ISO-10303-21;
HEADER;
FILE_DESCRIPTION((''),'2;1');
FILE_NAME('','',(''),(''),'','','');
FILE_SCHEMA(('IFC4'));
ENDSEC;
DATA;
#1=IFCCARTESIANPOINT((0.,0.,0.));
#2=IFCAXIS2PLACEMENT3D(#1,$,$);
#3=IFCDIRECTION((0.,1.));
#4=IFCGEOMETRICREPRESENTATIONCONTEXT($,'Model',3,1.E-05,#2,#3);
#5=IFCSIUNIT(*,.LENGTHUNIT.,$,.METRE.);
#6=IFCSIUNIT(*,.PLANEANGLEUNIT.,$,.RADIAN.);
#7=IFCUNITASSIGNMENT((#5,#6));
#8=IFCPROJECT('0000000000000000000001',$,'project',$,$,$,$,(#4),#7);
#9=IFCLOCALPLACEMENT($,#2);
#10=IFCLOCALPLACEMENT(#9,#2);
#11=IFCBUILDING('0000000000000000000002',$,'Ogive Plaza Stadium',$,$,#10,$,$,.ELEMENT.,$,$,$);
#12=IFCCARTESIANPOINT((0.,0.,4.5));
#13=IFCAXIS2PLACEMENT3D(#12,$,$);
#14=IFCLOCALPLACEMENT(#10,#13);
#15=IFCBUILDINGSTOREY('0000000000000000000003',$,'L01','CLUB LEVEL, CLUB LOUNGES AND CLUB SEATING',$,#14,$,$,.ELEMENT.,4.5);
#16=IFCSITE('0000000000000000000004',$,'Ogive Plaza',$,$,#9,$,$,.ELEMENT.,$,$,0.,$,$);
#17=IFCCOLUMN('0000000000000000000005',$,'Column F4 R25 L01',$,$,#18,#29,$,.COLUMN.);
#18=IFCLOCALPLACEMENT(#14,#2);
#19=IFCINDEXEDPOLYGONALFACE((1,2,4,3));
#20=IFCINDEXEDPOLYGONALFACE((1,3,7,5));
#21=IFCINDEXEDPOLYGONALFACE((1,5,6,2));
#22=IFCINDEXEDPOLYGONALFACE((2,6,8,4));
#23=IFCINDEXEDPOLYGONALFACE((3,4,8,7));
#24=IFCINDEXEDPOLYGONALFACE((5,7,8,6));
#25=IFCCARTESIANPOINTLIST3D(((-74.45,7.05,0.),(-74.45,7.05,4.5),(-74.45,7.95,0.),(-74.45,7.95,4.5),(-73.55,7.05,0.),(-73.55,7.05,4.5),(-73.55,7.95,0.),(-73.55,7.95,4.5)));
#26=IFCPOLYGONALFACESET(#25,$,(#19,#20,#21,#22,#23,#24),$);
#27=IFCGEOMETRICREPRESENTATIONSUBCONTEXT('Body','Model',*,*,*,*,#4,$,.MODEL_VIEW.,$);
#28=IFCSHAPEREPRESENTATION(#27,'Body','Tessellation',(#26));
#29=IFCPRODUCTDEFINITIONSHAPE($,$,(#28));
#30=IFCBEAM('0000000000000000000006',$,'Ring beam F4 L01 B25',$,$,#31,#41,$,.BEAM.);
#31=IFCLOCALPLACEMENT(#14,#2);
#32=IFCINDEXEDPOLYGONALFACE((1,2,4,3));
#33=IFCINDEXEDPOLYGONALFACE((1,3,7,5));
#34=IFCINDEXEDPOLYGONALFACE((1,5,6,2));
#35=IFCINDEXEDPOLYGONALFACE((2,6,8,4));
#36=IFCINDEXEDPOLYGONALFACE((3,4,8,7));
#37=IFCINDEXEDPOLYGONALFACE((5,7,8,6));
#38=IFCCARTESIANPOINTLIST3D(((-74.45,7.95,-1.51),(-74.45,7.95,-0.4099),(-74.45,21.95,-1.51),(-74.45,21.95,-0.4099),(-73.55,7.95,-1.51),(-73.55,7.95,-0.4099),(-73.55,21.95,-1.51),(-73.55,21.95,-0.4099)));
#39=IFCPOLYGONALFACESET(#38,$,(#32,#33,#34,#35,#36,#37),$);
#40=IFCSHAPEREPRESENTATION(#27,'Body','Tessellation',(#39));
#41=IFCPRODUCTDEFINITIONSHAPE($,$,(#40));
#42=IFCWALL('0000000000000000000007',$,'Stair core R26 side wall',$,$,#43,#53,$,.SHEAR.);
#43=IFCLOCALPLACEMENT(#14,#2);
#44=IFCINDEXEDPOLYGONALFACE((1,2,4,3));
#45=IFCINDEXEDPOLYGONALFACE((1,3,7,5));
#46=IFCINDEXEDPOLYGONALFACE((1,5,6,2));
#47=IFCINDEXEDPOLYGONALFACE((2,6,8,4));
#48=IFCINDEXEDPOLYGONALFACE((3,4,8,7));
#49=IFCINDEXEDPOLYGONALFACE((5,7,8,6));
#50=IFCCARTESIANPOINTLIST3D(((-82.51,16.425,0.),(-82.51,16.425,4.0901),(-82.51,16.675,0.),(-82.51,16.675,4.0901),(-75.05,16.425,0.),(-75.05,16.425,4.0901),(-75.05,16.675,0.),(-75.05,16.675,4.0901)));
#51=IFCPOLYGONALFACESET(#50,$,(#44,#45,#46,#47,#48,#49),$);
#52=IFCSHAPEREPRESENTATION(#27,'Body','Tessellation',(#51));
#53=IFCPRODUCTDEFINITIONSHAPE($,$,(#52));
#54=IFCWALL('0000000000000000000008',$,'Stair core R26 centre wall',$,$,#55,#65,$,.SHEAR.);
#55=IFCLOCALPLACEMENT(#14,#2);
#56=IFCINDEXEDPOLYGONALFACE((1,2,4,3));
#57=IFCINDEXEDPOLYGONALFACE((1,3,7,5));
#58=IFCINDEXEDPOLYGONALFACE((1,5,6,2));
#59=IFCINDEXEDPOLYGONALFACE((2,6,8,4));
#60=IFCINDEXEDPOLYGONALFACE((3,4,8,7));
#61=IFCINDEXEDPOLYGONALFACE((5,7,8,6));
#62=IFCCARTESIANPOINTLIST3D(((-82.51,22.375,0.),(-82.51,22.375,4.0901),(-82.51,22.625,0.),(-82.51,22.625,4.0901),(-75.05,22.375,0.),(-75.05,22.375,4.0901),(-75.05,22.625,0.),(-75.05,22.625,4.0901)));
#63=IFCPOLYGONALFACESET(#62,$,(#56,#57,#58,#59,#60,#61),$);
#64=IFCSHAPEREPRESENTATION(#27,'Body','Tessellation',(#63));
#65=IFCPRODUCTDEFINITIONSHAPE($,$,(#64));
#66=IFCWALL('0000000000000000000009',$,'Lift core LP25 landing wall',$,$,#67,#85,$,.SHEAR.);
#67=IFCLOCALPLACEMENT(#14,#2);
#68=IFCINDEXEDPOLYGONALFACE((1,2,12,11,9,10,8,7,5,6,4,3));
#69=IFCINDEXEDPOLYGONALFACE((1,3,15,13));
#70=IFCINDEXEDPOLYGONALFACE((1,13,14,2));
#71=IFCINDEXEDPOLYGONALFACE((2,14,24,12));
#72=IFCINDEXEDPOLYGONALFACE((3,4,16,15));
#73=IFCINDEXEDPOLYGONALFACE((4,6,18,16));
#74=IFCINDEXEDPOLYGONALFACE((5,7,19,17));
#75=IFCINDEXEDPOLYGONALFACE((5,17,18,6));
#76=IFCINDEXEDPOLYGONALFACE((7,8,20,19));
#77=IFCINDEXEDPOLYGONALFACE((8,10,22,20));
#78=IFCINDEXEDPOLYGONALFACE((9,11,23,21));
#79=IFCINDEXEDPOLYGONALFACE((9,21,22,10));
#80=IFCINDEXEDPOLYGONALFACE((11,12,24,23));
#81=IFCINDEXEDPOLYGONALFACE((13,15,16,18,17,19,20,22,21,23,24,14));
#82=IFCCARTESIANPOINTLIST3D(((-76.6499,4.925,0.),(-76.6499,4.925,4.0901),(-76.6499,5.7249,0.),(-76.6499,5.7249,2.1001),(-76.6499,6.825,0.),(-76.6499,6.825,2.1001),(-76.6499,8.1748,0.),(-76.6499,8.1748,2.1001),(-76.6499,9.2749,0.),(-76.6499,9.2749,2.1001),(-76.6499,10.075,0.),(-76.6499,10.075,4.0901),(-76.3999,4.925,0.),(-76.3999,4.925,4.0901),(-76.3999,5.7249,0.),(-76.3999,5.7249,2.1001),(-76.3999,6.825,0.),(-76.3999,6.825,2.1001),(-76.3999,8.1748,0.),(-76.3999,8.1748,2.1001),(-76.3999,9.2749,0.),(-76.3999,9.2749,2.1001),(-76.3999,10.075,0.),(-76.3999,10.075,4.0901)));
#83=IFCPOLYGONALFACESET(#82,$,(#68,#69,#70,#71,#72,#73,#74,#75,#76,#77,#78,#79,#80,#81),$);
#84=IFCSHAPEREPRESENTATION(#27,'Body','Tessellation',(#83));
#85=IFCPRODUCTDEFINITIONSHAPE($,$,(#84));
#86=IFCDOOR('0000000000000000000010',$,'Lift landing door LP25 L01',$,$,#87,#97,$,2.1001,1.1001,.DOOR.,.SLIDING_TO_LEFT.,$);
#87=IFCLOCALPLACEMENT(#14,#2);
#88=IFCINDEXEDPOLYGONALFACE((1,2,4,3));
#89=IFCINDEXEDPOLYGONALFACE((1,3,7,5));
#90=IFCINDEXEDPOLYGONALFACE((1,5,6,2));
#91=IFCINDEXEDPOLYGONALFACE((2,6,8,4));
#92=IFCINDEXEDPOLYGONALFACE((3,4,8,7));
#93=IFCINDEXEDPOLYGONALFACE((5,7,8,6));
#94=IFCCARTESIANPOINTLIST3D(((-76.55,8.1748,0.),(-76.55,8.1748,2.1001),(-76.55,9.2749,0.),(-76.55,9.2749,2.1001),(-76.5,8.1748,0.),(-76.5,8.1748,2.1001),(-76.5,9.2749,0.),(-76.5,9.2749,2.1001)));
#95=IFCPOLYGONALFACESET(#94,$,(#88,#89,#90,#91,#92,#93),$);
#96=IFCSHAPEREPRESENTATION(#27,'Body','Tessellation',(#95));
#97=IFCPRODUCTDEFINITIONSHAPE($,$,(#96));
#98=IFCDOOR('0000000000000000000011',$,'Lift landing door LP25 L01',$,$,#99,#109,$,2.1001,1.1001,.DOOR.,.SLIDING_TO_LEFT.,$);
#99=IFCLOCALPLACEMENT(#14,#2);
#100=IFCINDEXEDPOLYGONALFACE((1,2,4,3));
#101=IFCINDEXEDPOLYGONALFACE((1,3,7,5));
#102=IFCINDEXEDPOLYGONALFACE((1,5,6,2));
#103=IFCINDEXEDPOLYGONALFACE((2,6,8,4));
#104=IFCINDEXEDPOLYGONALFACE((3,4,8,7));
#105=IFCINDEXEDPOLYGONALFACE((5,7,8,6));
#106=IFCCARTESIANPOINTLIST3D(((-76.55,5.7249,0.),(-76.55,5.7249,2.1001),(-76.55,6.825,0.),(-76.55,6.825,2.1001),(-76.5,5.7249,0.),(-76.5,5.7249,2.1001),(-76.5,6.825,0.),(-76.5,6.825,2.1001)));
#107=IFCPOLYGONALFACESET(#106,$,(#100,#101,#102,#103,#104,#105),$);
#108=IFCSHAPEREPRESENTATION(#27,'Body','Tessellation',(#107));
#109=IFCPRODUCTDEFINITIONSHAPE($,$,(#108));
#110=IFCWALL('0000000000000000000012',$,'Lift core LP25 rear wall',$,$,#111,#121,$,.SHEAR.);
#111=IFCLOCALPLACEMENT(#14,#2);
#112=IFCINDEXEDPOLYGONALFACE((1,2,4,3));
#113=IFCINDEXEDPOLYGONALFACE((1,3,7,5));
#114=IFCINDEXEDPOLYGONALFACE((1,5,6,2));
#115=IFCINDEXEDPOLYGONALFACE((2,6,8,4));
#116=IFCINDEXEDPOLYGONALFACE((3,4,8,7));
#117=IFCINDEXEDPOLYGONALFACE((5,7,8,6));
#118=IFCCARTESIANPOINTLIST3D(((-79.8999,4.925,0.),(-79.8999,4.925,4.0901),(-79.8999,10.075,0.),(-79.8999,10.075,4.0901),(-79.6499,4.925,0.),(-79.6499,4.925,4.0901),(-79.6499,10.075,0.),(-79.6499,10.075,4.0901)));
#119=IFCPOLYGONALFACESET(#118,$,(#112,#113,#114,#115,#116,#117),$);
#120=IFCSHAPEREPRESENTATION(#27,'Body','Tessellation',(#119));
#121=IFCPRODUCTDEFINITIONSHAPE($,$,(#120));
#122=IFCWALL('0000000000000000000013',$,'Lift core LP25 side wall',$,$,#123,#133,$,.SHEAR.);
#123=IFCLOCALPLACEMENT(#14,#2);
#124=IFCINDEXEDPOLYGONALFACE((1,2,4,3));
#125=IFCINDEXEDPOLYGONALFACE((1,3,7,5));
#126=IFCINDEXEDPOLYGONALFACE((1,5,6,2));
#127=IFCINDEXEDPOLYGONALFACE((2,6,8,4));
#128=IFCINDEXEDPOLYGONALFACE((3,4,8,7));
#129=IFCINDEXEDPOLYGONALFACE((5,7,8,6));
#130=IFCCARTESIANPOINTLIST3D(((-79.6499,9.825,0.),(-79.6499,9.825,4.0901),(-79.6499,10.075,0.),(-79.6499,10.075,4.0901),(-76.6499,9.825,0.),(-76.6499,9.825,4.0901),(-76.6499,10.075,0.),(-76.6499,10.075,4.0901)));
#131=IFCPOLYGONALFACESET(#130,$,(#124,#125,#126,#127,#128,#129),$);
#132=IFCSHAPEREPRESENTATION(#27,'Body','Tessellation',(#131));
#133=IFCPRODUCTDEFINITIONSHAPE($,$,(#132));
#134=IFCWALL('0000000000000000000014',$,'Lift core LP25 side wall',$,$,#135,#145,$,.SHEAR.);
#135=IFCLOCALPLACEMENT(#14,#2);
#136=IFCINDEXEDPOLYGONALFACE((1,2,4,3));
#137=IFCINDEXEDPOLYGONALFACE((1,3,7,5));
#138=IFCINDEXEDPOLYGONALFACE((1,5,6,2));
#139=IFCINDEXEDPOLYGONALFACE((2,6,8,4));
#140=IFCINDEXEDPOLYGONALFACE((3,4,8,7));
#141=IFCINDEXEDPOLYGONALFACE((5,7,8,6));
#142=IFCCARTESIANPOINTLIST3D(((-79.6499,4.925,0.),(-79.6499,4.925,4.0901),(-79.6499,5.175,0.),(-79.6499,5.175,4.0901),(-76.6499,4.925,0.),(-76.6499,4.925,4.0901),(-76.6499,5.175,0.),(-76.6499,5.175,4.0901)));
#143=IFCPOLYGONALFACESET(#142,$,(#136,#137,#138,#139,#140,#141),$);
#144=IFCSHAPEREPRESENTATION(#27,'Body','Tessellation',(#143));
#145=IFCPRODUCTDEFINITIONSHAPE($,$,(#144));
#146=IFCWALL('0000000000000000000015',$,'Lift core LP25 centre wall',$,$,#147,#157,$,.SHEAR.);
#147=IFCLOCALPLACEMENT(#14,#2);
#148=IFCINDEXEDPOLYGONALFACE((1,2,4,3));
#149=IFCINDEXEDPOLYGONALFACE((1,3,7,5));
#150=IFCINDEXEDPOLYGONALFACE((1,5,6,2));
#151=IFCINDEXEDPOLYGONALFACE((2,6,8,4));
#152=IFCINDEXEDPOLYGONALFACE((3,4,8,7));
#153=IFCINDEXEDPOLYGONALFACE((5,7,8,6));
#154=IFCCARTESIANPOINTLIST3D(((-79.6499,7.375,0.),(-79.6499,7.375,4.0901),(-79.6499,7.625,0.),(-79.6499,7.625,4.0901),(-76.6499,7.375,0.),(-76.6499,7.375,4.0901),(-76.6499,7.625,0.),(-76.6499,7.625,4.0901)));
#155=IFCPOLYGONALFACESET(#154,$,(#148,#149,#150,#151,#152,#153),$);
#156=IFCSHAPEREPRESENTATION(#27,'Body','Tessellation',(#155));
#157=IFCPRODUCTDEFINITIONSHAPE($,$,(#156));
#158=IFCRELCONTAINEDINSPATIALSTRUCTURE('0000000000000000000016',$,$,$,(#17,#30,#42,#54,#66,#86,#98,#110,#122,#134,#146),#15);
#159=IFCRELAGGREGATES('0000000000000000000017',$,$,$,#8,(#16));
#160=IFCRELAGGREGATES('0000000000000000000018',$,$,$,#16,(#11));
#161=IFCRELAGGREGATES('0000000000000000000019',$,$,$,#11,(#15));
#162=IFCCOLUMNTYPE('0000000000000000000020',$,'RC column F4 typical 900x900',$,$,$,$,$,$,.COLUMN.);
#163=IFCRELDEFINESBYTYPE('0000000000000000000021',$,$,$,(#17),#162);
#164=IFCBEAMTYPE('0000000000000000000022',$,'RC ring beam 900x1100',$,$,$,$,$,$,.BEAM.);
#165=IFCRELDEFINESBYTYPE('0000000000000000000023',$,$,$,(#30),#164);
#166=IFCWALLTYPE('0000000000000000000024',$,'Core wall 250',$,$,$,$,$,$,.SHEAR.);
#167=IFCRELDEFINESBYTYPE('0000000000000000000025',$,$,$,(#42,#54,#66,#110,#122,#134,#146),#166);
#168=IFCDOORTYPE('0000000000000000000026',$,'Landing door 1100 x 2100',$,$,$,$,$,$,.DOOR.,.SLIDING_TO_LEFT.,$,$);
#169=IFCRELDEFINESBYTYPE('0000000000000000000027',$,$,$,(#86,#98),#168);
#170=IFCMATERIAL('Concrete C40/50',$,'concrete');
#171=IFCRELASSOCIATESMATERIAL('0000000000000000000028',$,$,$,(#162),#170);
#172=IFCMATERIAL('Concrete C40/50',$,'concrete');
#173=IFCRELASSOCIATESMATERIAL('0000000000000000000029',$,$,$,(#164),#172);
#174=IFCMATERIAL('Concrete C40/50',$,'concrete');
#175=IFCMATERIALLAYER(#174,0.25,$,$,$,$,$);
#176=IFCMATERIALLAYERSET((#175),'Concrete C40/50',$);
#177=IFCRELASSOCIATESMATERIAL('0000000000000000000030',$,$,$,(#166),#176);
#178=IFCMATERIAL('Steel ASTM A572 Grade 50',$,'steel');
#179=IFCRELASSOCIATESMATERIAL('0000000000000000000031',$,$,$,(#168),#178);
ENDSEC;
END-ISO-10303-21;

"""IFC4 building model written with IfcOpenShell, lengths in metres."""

from ifc_helpers import new_model, si_unit, direction, frame, frame_2d, origin, origin_2d, place, context, subcontext, project, spatial, rectangle, extrude, material, layer, layer_set, material_profile, profile_set, type_object, element, fill, save


model = new_model("IFC4")

# Units and contexts
model_context = context("Model", 3, precision=1e-05, world=origin(), true_north=direction((0.0, 1.0)))
body_context = subcontext(model_context, "Body", "Model", "MODEL_VIEW")
ifc_project = project(units=[si_unit("LENGTHUNIT", "METRE"), si_unit("PLANEANGLEUNIT", "RADIAN")], contexts=[model_context])

# Site, building, storey
site_placement = place(None, origin())
site = spatial("IfcSite", under=ifc_project, at=site_placement, Name="Ogive Plaza", CompositionType="ELEMENT", RefElevation=0.0)
building_placement = place(site_placement, origin())
building = spatial("IfcBuilding", under=site, at=building_placement, Name="Ogive Plaza Stadium", CompositionType="ELEMENT")
storey_placement = place(building_placement, frame((0.0, 0.0, 4.5)))
storey = spatial("IfcBuildingStorey", under=building, at=storey_placement, Name="L01", Description="CLUB LEVEL, CLUB LOUNGES AND CLUB SEATING", CompositionType="ELEMENT", Elevation=4.5)

# Column
ifc_material_1 = material(Name="Concrete C40/50", Category="concrete")
ifc_material_profile_1 = material_profile(ifc_material_1, rectangle(XDim=0.8999, YDim=0.8999, at=origin_2d()), Name="RC 900x900")
ifc_profile_set_1 = profile_set([ifc_material_profile_1], Name="Concrete C40/50")
column_type = type_object("IfcColumnType", Name="RC column F4 typical 900x900", PredefinedType="COLUMN", material=ifc_profile_set_1)
column_placement = place(storey_placement, frame((-74.0, 7.5, 0.0), z_axis=(0.0, 0.0, 1.0), x_axis=(0.0, -1.0, 0.0)))
element("IfcColumn", 1, at=column_placement, inside=storey, type_object=column_type, Name="Column F4 R25 L01", PredefinedType="COLUMN", context=body_context, shape_type="SweptSolid", body=[
    extrude(rectangle(XDim=0.8999, YDim=0.8999, at=origin_2d()), origin(), (0.0, 0.0, 1.0), 4.5),
])

# Beam
ifc_material_2 = material(Name="Concrete C40/50", Category="concrete")
ifc_material_profile_2 = material_profile(ifc_material_2, rectangle(XDim=0.8999, YDim=1.1001, at=origin_2d()), Name="RC 900x1100")
ifc_profile_set_2 = profile_set([ifc_material_profile_2], Name="Concrete C40/50")
beam_type = type_object("IfcBeamType", Name="RC ring beam 900x1100", PredefinedType="BEAM", material=ifc_profile_set_2)
beam_placement = place(storey_placement, frame((-74.0, 7.95, -0.96), z_axis=(0.0, 1.0, 0.0), x_axis=(-1.0, 0.0, 0.0)))
element("IfcBeam", 2, at=beam_placement, inside=storey, type_object=beam_type, Name="Ring beam F4 L01 B25", PredefinedType="BEAM", context=body_context, shape_type="SweptSolid", body=[
    extrude(rectangle(XDim=0.8999, YDim=1.1001, at=origin_2d()), origin(), (0.0, 0.0, 1.0), 14.0),
])

# Walls
ifc_material_3 = material(Name="Concrete C40/50", Category="concrete")
ifc_layer = layer(ifc_material_3, 0.25)
ifc_layer_set = layer_set([ifc_layer], Name="Concrete C40/50")
wall_type = type_object("IfcWallType", Name="Core wall 250", PredefinedType="SHEAR", material=ifc_layer_set)
for number, where, z_axis, x_axis, name in (
    (3, (-75.05, 16.55, 0.0), (0.0, 0.0, 1.0), (-1.0, 0.0, 0.0), "Stair core R26 side wall"),
    (4, (-75.05, 22.5, 0.0), (0.0, 0.0, 1.0), (-1.0, 0.0, 0.0), "Stair core R26 centre wall"),
):
    element("IfcWall", number, at=place(storey_placement, frame(where, z_axis=z_axis, x_axis=x_axis)), inside=storey, type_object=wall_type, Name=name, PredefinedType="SHEAR", context=body_context, shape_type="SweptSolid", body=[
        extrude(rectangle(XDim=7.46, YDim=0.25, at=frame_2d((3.73, 0.0))), origin(), (0.0, 0.0, 1.0), 4.0901),
    ])

# Wall, openings, doors
wall_1_placement = place(storey_placement, frame((-76.5249, 10.075, 0.0), z_axis=(0.0, 0.0, 1.0), x_axis=(0.0, -1.0, 0.0)))
wall_1 = element("IfcWall", 5, at=wall_1_placement, inside=storey, type_object=wall_type, Name="Lift core LP25 landing wall", PredefinedType="SHEAR", context=body_context, shape_type="SweptSolid", body=[
    extrude(rectangle(XDim=5.1499, YDim=0.25, at=frame_2d((2.575, 0.0))), origin(), (0.0, 0.0, 1.0), 4.0901),
])
opening_1_placement = place(wall_1_placement, frame((0.8, 0.0, 0.0)))
opening_1 = element("IfcOpeningElement", 6, at=opening_1_placement, cuts=wall_1, PredefinedType="OPENING", context=body_context, shape_type="SweptSolid", body=[
    extrude(rectangle(XDim=1.1001, YDim=2.1001, at=frame_2d((0.55, 1.05))), frame((0.0, 0.125, 0.0), z_axis=(0.0, -1.0, 0.0), x_axis=(1.0, 0.0, 0.0)), (0.0, 0.0, 1.0), 0.25),
])
opening_2_placement = place(wall_1_placement, frame((3.25, 0.0, 0.0)))
opening_2 = element("IfcOpeningElement", 7, at=opening_2_placement, cuts=wall_1, PredefinedType="OPENING", context=body_context, shape_type="SweptSolid", body=[
    extrude(rectangle(XDim=1.1001, YDim=2.1001, at=frame_2d((0.55, 1.05))), frame((0.0, 0.125, 0.0), z_axis=(0.0, -1.0, 0.0), x_axis=(1.0, 0.0, 0.0)), (0.0, 0.0, 1.0), 0.25),
])
ifc_material_4 = material(Name="Steel ASTM A572 Grade 50", Category="steel")
door_type = type_object("IfcDoorType", Name="Landing door 1100 x 2100", OperationType="SLIDING_TO_LEFT", PredefinedType="DOOR", material=ifc_material_4)
door_1_placement = place(opening_1_placement, origin())
door_1 = element("IfcDoor", 8, at=door_1_placement, inside=storey, type_object=door_type, Name="Lift landing door LP25 L01", OperationType="SLIDING_TO_LEFT", OverallHeight=2.1001, OverallWidth=1.1001, PredefinedType="DOOR", context=body_context, shape_type="SweptSolid", body=[
    extrude(rectangle(XDim=1.1001, YDim=2.1001, at=frame_2d((0.55, 1.05))), frame((0.0, 0.0249, 0.0), z_axis=(0.0, -1.0, 0.0), x_axis=(1.0, 0.0, 0.0)), (0.0, 0.0, 1.0), 0.05),
])
fill(opening_1, door_1)
door_2_placement = place(opening_2_placement, origin())
door_2 = element("IfcDoor", 9, at=door_2_placement, inside=storey, type_object=door_type, Name="Lift landing door LP25 L01", OperationType="SLIDING_TO_LEFT", OverallHeight=2.1001, OverallWidth=1.1001, PredefinedType="DOOR", context=body_context, shape_type="SweptSolid", body=[
    extrude(rectangle(XDim=1.1001, YDim=2.1001, at=frame_2d((0.55, 1.05))), frame((0.0, 0.0249, 0.0), z_axis=(0.0, -1.0, 0.0), x_axis=(1.0, 0.0, 0.0)), (0.0, 0.0, 1.0), 0.05),
])
fill(opening_2, door_2)

# Walls
wall_2_placement = place(storey_placement, frame((-79.7749, 10.075, 0.0), z_axis=(0.0, 0.0, 1.0), x_axis=(0.0, -1.0, 0.0)))
element("IfcWall", 10, at=wall_2_placement, inside=storey, type_object=wall_type, Name="Lift core LP25 rear wall", PredefinedType="SHEAR", context=body_context, shape_type="SweptSolid", body=[
    extrude(rectangle(XDim=5.1499, YDim=0.25, at=frame_2d((2.575, 0.0))), origin(), (0.0, 0.0, 1.0), 4.0901),
])
for number, where, z_axis, x_axis, name in (
    (11, (-76.6499, 9.95, 0.0), (0.0, 0.0, 1.0), (-1.0, 0.0, 0.0), "Lift core LP25 side wall"),
    (12, (-76.6499, 5.05, 0.0), (0.0, 0.0, 1.0), (-1.0, 0.0, 0.0), "Lift core LP25 side wall"),
    (13, (-76.6499, 7.5, 0.0), (0.0, 0.0, 1.0), (-1.0, 0.0, 0.0), "Lift core LP25 centre wall"),
):
    element("IfcWall", number, at=place(storey_placement, frame(where, z_axis=z_axis, x_axis=x_axis)), inside=storey, type_object=wall_type, Name=name, PredefinedType="SHEAR", context=body_context, shape_type="SweptSolid", body=[
        extrude(rectangle(XDim=3.0, YDim=0.25, at=frame_2d((1.5, 0.0))), origin(), (0.0, 0.0, 1.0), 4.0901),
    ])

save(model, "model.ifc")
